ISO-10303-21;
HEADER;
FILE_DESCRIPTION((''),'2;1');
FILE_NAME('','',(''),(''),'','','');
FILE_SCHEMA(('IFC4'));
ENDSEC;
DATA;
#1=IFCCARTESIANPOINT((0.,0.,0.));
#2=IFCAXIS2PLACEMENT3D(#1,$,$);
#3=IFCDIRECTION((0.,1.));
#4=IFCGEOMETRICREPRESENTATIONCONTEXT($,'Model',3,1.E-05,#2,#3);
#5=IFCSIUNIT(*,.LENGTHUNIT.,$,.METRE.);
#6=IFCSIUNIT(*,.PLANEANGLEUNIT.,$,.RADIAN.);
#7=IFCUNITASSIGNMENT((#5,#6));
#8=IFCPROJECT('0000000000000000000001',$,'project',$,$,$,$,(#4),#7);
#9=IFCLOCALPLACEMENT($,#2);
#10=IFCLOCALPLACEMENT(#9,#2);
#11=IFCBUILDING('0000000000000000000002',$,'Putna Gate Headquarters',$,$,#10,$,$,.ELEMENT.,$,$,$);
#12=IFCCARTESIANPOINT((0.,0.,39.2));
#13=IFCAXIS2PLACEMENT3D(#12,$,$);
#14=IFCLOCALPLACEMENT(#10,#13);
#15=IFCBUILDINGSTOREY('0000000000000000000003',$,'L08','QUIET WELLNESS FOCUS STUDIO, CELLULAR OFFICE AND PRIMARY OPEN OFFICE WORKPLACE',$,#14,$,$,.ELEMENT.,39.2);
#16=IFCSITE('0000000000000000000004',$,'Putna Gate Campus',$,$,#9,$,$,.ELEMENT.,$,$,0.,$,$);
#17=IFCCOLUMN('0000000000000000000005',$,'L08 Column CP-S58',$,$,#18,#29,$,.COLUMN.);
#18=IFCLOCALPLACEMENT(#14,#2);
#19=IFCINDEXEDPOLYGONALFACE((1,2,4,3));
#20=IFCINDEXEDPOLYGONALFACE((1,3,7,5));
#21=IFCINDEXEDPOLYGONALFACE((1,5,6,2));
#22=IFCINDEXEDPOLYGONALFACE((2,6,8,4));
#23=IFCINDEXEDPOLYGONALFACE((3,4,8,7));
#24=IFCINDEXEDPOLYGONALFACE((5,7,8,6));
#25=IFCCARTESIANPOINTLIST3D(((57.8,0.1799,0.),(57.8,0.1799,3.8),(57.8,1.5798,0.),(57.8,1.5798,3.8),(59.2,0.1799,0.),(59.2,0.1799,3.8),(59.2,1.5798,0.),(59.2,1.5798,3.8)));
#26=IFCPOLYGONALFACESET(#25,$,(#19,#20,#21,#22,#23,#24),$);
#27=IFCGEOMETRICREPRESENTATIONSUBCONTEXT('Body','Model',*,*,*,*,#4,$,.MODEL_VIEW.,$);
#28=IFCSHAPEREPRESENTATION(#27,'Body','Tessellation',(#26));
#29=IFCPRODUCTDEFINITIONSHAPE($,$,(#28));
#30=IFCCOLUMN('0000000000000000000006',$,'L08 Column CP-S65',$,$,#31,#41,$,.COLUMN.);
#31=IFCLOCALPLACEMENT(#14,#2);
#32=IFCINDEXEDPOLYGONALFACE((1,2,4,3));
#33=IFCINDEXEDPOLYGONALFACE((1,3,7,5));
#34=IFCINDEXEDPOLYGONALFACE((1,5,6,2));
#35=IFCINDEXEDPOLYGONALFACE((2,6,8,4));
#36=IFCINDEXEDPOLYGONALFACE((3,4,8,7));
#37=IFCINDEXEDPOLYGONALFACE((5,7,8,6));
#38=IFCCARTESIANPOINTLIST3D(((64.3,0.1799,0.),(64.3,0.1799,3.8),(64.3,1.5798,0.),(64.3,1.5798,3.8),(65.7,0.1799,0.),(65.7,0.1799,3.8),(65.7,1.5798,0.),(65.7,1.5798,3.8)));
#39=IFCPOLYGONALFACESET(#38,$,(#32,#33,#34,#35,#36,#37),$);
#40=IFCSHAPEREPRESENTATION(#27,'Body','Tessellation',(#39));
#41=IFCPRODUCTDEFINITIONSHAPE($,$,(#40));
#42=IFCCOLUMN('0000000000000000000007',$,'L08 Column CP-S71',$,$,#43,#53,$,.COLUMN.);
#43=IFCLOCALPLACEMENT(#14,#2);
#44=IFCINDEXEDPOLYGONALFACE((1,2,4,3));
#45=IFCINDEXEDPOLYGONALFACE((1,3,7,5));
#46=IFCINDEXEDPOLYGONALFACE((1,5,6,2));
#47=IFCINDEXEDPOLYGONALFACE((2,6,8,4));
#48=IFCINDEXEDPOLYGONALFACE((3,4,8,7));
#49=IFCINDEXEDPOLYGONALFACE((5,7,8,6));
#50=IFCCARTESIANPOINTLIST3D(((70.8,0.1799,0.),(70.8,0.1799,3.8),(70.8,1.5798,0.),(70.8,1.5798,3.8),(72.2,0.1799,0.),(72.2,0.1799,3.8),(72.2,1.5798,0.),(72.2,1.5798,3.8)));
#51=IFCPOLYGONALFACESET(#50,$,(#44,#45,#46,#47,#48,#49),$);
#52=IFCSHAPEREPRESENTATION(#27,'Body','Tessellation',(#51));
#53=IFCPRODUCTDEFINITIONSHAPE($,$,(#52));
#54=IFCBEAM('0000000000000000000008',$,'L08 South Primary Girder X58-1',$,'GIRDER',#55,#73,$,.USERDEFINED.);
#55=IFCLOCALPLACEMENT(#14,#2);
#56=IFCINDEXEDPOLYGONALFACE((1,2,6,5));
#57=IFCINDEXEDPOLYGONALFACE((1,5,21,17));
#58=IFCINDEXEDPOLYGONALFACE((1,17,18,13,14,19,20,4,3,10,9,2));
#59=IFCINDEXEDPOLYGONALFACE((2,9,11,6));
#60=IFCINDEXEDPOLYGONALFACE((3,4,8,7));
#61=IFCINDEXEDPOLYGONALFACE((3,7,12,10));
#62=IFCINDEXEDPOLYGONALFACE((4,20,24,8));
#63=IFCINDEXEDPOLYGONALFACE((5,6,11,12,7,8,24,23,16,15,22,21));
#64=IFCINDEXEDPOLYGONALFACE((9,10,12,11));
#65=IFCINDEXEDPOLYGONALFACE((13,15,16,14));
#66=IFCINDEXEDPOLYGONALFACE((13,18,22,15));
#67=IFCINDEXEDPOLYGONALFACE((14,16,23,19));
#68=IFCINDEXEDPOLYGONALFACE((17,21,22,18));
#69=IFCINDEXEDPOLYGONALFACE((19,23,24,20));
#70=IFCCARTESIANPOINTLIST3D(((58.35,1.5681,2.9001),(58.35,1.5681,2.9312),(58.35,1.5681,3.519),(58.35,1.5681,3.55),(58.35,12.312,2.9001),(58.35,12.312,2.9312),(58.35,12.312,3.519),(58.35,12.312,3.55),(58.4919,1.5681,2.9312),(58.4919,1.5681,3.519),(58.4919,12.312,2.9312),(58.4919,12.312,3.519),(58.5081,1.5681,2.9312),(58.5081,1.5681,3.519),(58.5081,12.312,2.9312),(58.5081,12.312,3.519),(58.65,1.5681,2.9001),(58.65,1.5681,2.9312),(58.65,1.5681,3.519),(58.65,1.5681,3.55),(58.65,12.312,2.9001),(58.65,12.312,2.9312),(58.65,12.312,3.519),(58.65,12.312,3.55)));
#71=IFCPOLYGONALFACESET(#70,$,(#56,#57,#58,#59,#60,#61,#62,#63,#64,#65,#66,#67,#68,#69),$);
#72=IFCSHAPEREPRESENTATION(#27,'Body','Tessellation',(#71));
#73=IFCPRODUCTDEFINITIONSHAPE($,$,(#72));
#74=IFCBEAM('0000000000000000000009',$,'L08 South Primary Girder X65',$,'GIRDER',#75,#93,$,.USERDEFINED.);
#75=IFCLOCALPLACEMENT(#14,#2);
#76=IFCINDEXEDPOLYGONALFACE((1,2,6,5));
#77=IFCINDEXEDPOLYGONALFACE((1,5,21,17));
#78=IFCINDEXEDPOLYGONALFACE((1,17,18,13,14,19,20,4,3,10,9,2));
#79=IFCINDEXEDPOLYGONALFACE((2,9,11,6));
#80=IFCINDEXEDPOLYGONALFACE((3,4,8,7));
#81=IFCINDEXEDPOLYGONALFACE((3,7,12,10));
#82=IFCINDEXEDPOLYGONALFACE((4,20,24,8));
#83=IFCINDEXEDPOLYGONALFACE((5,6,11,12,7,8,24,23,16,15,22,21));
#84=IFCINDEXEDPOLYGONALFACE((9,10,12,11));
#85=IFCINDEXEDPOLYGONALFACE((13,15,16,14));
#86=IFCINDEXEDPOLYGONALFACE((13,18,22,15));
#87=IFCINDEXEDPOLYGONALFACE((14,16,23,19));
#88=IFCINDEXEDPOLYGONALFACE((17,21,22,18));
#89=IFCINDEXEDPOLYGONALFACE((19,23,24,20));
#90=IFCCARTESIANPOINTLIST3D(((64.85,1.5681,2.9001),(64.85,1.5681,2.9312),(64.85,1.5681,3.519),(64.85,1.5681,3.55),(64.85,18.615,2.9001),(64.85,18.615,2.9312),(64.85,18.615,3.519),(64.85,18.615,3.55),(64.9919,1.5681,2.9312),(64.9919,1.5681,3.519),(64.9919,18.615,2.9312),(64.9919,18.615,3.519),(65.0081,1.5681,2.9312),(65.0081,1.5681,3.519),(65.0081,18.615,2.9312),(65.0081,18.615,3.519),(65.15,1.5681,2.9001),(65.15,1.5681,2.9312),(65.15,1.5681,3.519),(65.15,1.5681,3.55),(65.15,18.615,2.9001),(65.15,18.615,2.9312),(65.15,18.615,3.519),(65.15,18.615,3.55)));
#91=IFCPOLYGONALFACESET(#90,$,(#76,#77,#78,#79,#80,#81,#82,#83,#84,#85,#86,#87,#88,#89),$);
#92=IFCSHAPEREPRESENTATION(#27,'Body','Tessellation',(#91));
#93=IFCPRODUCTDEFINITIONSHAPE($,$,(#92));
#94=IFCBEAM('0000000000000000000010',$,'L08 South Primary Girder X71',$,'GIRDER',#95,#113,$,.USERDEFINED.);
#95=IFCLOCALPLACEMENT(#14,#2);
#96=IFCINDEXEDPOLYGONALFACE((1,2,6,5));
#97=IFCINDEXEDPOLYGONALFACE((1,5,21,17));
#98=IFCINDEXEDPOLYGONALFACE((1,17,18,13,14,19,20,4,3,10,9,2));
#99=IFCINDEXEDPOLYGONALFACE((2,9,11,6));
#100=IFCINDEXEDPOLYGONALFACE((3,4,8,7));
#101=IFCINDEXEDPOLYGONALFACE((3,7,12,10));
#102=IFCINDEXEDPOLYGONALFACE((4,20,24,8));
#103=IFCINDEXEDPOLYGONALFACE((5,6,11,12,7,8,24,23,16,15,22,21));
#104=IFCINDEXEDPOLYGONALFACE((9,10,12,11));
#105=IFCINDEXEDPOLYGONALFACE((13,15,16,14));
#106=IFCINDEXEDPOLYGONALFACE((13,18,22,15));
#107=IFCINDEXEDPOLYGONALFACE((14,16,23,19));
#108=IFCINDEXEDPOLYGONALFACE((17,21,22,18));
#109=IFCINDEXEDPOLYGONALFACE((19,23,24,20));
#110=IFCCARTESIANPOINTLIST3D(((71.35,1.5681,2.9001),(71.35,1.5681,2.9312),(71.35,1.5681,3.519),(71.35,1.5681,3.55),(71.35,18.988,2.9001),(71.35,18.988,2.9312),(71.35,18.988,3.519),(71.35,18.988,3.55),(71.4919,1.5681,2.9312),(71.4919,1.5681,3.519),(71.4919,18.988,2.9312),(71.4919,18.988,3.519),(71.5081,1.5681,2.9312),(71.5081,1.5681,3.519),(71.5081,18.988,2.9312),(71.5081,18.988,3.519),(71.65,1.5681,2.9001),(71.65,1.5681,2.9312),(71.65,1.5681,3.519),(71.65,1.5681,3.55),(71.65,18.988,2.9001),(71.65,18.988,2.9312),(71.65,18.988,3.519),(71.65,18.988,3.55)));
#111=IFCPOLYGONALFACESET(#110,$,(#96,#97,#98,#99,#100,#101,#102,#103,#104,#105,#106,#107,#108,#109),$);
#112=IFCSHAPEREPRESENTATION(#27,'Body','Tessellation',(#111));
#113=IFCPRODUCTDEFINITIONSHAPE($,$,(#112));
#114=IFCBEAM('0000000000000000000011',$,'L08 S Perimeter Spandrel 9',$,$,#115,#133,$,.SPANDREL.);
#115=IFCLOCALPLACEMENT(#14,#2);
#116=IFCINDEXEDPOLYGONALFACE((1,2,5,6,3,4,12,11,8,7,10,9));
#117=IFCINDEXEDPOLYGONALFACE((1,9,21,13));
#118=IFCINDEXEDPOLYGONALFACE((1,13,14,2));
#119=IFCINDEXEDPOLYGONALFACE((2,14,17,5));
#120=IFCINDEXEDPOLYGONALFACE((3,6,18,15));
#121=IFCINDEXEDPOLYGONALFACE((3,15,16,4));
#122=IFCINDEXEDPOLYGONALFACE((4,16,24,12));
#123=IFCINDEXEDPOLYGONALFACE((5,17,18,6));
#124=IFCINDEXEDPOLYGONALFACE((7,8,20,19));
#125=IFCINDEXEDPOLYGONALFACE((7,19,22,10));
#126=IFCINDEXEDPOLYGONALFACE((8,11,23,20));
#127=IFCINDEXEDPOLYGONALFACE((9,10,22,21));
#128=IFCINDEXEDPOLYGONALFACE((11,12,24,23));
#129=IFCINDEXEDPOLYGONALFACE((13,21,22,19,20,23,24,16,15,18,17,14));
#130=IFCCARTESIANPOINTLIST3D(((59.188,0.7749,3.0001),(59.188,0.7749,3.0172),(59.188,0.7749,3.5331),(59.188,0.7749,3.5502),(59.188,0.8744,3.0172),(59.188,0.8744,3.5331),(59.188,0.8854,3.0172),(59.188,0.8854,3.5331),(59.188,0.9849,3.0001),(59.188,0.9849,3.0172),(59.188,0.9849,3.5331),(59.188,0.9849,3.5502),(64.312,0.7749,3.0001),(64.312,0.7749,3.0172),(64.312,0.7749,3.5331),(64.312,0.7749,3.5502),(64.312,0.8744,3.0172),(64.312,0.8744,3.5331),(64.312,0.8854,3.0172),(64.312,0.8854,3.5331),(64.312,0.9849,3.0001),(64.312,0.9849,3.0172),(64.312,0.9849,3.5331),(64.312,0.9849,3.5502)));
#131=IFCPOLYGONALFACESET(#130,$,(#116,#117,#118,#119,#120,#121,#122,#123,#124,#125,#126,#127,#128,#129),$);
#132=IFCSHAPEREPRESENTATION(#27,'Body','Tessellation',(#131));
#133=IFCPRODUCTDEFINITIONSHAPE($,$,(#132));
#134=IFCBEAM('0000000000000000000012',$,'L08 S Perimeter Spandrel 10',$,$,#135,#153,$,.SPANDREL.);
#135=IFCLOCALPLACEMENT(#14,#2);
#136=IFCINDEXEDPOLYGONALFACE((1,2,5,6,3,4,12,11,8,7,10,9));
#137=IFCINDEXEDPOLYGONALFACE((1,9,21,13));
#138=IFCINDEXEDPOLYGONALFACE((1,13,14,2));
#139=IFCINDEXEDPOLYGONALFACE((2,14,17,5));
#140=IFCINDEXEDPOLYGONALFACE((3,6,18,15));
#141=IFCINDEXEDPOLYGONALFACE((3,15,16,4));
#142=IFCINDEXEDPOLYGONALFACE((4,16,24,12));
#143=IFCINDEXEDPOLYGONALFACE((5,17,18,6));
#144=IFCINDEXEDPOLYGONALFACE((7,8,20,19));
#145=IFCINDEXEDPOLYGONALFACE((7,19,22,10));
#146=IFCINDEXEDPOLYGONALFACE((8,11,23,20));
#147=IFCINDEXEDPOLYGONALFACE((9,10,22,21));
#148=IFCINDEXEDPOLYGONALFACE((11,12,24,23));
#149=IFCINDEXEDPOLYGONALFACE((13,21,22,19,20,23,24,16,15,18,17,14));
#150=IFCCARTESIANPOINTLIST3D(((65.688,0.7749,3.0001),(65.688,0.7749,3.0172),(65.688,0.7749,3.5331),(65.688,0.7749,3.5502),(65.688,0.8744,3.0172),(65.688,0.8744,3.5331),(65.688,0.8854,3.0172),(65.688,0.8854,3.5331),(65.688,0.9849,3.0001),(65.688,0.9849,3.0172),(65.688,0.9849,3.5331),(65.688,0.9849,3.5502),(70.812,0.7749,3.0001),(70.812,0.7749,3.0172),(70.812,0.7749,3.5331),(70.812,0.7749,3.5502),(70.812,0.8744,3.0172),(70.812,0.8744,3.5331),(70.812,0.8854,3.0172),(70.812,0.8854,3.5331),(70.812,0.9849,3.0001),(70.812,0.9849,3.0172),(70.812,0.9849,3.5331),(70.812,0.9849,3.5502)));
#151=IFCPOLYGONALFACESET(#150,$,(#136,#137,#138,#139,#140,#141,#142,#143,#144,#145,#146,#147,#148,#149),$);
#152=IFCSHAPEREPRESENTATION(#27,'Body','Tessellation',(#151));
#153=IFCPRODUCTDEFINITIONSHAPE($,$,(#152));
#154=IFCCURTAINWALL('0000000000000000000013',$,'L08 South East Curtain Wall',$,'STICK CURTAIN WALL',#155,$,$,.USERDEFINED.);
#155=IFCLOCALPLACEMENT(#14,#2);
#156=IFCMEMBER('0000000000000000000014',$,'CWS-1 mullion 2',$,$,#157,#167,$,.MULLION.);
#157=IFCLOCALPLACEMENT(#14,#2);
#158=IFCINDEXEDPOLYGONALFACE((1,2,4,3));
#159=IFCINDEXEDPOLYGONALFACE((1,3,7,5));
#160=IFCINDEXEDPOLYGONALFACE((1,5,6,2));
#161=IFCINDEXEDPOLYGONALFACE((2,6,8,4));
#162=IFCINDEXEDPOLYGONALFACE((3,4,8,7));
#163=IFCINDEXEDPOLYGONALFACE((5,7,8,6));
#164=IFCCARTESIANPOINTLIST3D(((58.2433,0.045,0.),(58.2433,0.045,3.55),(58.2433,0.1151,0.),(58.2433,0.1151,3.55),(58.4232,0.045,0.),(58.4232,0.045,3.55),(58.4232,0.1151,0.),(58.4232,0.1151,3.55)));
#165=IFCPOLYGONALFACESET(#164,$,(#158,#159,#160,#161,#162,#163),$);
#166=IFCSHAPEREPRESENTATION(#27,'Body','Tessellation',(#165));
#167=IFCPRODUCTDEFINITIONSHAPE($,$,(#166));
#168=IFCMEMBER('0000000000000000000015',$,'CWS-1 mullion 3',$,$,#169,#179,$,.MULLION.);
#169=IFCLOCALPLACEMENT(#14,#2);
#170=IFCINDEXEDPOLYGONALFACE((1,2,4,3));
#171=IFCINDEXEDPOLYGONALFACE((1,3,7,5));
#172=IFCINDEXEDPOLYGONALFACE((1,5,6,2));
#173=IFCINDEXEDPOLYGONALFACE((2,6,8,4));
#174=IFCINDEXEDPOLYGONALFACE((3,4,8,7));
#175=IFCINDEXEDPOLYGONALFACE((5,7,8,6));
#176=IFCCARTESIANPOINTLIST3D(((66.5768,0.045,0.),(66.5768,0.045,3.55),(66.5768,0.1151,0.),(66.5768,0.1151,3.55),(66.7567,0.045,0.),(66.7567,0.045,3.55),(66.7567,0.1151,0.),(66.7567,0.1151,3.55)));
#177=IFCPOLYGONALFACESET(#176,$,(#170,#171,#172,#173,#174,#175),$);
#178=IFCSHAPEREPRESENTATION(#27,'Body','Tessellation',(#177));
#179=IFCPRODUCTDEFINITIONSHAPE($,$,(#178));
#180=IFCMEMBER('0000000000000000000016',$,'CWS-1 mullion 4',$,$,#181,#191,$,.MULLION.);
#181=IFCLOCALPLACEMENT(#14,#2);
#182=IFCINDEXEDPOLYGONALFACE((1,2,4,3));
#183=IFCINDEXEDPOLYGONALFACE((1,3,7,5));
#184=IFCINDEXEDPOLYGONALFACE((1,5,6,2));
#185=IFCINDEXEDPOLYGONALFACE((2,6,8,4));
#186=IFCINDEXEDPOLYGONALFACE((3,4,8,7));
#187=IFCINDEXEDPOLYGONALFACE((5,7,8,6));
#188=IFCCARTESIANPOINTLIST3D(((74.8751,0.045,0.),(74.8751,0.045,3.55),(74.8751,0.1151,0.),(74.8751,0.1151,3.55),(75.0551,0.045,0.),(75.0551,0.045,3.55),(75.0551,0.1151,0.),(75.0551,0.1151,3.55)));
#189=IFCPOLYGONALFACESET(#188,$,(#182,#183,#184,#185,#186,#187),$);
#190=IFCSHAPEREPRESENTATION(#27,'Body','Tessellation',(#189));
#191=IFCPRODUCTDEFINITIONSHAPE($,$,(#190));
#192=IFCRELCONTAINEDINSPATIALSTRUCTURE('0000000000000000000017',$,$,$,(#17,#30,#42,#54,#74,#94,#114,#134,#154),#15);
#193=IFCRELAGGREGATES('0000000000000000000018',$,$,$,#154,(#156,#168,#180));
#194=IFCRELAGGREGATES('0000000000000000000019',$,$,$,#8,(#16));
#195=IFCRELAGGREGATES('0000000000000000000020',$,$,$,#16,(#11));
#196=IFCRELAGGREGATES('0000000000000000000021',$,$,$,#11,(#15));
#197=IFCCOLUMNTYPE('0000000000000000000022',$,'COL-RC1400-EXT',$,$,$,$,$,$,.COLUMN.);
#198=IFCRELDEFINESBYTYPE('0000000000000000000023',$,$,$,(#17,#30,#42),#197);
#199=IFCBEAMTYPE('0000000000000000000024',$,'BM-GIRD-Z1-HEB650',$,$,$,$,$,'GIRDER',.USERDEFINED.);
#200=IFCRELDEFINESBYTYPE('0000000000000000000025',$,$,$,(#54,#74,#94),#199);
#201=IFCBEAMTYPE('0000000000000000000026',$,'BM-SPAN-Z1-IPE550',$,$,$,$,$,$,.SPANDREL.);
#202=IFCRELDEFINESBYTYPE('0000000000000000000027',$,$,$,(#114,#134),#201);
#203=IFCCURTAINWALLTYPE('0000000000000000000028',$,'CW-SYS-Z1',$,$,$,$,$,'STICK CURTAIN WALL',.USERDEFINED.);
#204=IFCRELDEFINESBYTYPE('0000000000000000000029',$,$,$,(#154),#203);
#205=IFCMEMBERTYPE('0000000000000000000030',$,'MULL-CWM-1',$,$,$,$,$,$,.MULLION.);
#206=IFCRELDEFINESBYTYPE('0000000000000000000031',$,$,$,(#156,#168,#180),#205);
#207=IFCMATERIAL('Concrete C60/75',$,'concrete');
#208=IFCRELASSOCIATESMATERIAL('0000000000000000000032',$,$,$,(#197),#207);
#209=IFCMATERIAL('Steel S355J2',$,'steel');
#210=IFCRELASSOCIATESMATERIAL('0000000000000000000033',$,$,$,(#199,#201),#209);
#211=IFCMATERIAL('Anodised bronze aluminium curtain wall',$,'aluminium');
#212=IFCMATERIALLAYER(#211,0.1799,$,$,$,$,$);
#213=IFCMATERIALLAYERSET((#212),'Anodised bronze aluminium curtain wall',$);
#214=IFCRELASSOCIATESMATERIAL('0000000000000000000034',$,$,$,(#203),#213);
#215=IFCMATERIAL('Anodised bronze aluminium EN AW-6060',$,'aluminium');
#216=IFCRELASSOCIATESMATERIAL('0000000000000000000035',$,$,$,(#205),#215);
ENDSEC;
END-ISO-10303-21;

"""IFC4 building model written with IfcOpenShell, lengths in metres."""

from ifc_helpers import new_model, si_unit, direction, frame, origin, origin_2d, place, context, subcontext, project, spatial, rectangle, i_section, extrude, material, layer, layer_set, material_profile, profile_set, type_object, element, aggregate, save


model = new_model("IFC4")

# Units and contexts
model_context = context("Model", 3, precision=1e-05, world=origin(), true_north=direction((0.0, 1.0)))
body_context = subcontext(model_context, "Body", "Model", "MODEL_VIEW")
ifc_project = project(units=[si_unit("LENGTHUNIT", "METRE"), si_unit("PLANEANGLEUNIT", "RADIAN")], contexts=[model_context])

# Site, building, storey
site_placement = place(None, origin())
site = spatial("IfcSite", under=ifc_project, at=site_placement, Name="Putna Gate Campus", CompositionType="ELEMENT", RefElevation=0.0)
building_placement = place(site_placement, origin())
building = spatial("IfcBuilding", under=site, at=building_placement, Name="Putna Gate Headquarters", CompositionType="ELEMENT")
storey_placement = place(building_placement, frame((0.0, 0.0, 39.2)))
storey = spatial("IfcBuildingStorey", under=building, at=storey_placement, Name="L08", Description="QUIET WELLNESS FOCUS STUDIO, CELLULAR OFFICE AND PRIMARY OPEN OFFICE WORKPLACE", CompositionType="ELEMENT", Elevation=39.2)

# Columns
ifc_material_1 = material(Name="Concrete C60/75", Category="concrete")
ifc_material_profile_1 = material_profile(ifc_material_1, rectangle(XDim=1.3999, YDim=1.3999, at=origin_2d()), Name="Concrete C60/75")
ifc_profile_set_1 = profile_set([ifc_material_profile_1], Name="Concrete C60/75")
column_type = type_object("IfcColumnType", Name="COL-RC1400-EXT", PredefinedType="COLUMN", material=ifc_profile_set_1)
for number, where, z_axis, x_axis, name in (
    (1, (58.5, 0.8799, 0.0), (0.0, 0.0, 1.0), (1.0, 0.0, 0.0), "L08 Column CP-S58"),
    (2, (65.0, 0.8799, 0.0), (0.0, 0.0, 1.0), (1.0, 0.0, 0.0), "L08 Column CP-S65"),
    (3, (71.5, 0.8799, 0.0), (0.0, 0.0, 1.0), (1.0, 0.0, 0.0), "L08 Column CP-S71"),
):
    element("IfcColumn", number, at=place(storey_placement, frame(where, z_axis=z_axis, x_axis=x_axis)), inside=storey, type_object=column_type, Name=name, PredefinedType="COLUMN", context=body_context, shape_type="SweptSolid", body=[
        extrude(rectangle(XDim=1.3999, YDim=1.3999, at=origin_2d()), origin(), (0.0, 0.0, 1.0), 3.8),
    ])

# Beams
ifc_material_2 = material(Name="Steel S355J2", Category="steel")
ifc_material_profile_2 = material_profile(ifc_material_2, i_section(OverallWidth=0.3, OverallDepth=0.6499, WebThickness=0.0161, FlangeThickness=0.031, at=origin_2d()), Name="Steel S355J2")
ifc_profile_set_2 = profile_set([ifc_material_profile_2], Name="Steel S355J2")
beam_type_1 = type_object("IfcBeamType", Name="BM-GIRD-Z1-HEB650", ElementType="GIRDER", PredefinedType="USERDEFINED", material=ifc_profile_set_2)
beam_1_placement = place(storey_placement, frame((58.5, 1.5681, 3.2251), z_axis=(0.0, 1.0, 0.0), x_axis=(-1.0, 0.0, 0.0)))
element("IfcBeam", 4, at=beam_1_placement, inside=storey, type_object=beam_type_1, Name="L08 South Primary Girder X58-1", ObjectType="GIRDER", PredefinedType="USERDEFINED", context=body_context, shape_type="SweptSolid", body=[
    extrude(i_section(OverallWidth=0.3, OverallDepth=0.6499, WebThickness=0.0161, FlangeThickness=0.031, at=origin_2d()), origin(), (0.0, 0.0, 1.0), 10.7439),
])
beam_2_placement = place(storey_placement, frame((65.0, 1.5681, 3.2251), z_axis=(0.0, 1.0, 0.0), x_axis=(-1.0, 0.0, 0.0)))
element("IfcBeam", 5, at=beam_2_placement, inside=storey, type_object=beam_type_1, Name="L08 South Primary Girder X65", ObjectType="GIRDER", PredefinedType="USERDEFINED", context=body_context, shape_type="SweptSolid", body=[
    extrude(i_section(OverallWidth=0.3, OverallDepth=0.6499, WebThickness=0.0161, FlangeThickness=0.031, at=origin_2d()), origin(), (0.0, 0.0, 1.0), 17.0469),
])
beam_3_placement = place(storey_placement, frame((71.5, 1.5681, 3.2251), z_axis=(0.0, 1.0, 0.0), x_axis=(-1.0, 0.0, 0.0)))
element("IfcBeam", 6, at=beam_3_placement, inside=storey, type_object=beam_type_1, Name="L08 South Primary Girder X71", ObjectType="GIRDER", PredefinedType="USERDEFINED", context=body_context, shape_type="SweptSolid", body=[
    extrude(i_section(OverallWidth=0.3, OverallDepth=0.6499, WebThickness=0.0161, FlangeThickness=0.031, at=origin_2d()), origin(), (0.0, 0.0, 1.0), 17.4199),
])
ifc_material_profile_3 = material_profile(ifc_material_2, i_section(OverallWidth=0.21, OverallDepth=0.55, WebThickness=0.011, FlangeThickness=0.0171, at=origin_2d()), Name="Steel S355J2")
ifc_profile_set_3 = profile_set([ifc_material_profile_3], Name="Steel S355J2")
beam_type_2 = type_object("IfcBeamType", Name="BM-SPAN-Z1-IPE550", PredefinedType="SPANDREL", material=ifc_profile_set_3)
for number, where, z_axis, x_axis, name in (
    (7, (59.188, 0.8799, 3.2751), (1.0, 0.0, 0.0), (0.0, 1.0, 0.0), "L08 S Perimeter Spandrel 9"),
    (8, (65.688, 0.8799, 3.2751), (1.0, 0.0, 0.0), (0.0, 1.0, 0.0), "L08 S Perimeter Spandrel 10"),
):
    element("IfcBeam", number, at=place(storey_placement, frame(where, z_axis=z_axis, x_axis=x_axis)), inside=storey, type_object=beam_type_2, Name=name, PredefinedType="SPANDREL", context=body_context, shape_type="SweptSolid", body=[
        extrude(i_section(OverallWidth=0.21, OverallDepth=0.55, WebThickness=0.011, FlangeThickness=0.0171, at=origin_2d()), origin(), (0.0, 0.0, 1.0), 5.124),
    ])

# Curtain wall, members
ifc_material_3 = material(Name="Anodised bronze aluminium curtain wall", Category="aluminium")
ifc_layer_1 = layer(ifc_material_3, 0.1799)
ifc_layer_set_1 = layer_set([ifc_layer_1], Name="Anodised bronze aluminium curtain wall")
curtain_wall_type = type_object("IfcCurtainWallType", Name="CW-SYS-Z1", ElementType="STICK CURTAIN WALL", PredefinedType="USERDEFINED", material=ifc_layer_set_1)
curtain_wall_1_placement = place(storey_placement, origin())
curtain_wall_1 = element("IfcCurtainWall", 9, at=curtain_wall_1_placement, inside=storey, type_object=curtain_wall_type, Name="L08 South East Curtain Wall", ObjectType="STICK CURTAIN WALL", PredefinedType="USERDEFINED")
ifc_material_4 = material(Name="Anodised bronze aluminium EN AW-6060", Category="aluminium")
ifc_material_profile_4 = material_profile(ifc_material_4, rectangle(XDim=0.0701, YDim=0.1799, at=origin_2d()), Name="Anodised bronze aluminium EN AW-6060")
ifc_profile_set_4 = profile_set([ifc_material_profile_4], Name="Anodised bronze aluminium EN AW-6060")
member_type_1 = type_object("IfcMemberType", Name="MULL-CWM-1", PredefinedType="MULLION", material=ifc_profile_set_4)
member_1_placement = place(storey_placement, frame((58.3333, 0.0801, 0.0), z_axis=(0.0, 0.0, 1.0), x_axis=(0.0, 1.0, 0.0)))
member_1 = element("IfcMember", 10, at=member_1_placement, type_object=member_type_1, Name="CWS-1 mullion 2", PredefinedType="MULLION", context=body_context, shape_type="SweptSolid", body=[
    extrude(rectangle(XDim=0.0701, YDim=0.1799, at=origin_2d()), origin(), (0.0, 0.0, 1.0), 3.55),
])
member_2_placement = place(storey_placement, frame((66.6667, 0.0801, 0.0), z_axis=(0.0, 0.0, 1.0), x_axis=(0.0, 1.0, 0.0)))
member_2 = element("IfcMember", 11, at=member_2_placement, type_object=member_type_1, Name="CWS-1 mullion 3", PredefinedType="MULLION", context=body_context, shape_type="SweptSolid", body=[
    extrude(rectangle(XDim=0.0701, YDim=0.1799, at=origin_2d()), origin(), (0.0, 0.0, 1.0), 3.55),
])
member_3_placement = place(storey_placement, frame((74.9651, 0.0801, 0.0), z_axis=(0.0, 0.0, 1.0), x_axis=(0.0, 1.0, 0.0)))
member_3 = element("IfcMember", 12, at=member_3_placement, type_object=member_type_1, Name="CWS-1 mullion 4", PredefinedType="MULLION", context=body_context, shape_type="SweptSolid", body=[
    extrude(rectangle(XDim=0.0701, YDim=0.1799, at=origin_2d()), origin(), (0.0, 0.0, 1.0), 3.55),
])

aggregate(curtain_wall_1, [member_1, member_2, member_3])

save(model, "model.ifc")
